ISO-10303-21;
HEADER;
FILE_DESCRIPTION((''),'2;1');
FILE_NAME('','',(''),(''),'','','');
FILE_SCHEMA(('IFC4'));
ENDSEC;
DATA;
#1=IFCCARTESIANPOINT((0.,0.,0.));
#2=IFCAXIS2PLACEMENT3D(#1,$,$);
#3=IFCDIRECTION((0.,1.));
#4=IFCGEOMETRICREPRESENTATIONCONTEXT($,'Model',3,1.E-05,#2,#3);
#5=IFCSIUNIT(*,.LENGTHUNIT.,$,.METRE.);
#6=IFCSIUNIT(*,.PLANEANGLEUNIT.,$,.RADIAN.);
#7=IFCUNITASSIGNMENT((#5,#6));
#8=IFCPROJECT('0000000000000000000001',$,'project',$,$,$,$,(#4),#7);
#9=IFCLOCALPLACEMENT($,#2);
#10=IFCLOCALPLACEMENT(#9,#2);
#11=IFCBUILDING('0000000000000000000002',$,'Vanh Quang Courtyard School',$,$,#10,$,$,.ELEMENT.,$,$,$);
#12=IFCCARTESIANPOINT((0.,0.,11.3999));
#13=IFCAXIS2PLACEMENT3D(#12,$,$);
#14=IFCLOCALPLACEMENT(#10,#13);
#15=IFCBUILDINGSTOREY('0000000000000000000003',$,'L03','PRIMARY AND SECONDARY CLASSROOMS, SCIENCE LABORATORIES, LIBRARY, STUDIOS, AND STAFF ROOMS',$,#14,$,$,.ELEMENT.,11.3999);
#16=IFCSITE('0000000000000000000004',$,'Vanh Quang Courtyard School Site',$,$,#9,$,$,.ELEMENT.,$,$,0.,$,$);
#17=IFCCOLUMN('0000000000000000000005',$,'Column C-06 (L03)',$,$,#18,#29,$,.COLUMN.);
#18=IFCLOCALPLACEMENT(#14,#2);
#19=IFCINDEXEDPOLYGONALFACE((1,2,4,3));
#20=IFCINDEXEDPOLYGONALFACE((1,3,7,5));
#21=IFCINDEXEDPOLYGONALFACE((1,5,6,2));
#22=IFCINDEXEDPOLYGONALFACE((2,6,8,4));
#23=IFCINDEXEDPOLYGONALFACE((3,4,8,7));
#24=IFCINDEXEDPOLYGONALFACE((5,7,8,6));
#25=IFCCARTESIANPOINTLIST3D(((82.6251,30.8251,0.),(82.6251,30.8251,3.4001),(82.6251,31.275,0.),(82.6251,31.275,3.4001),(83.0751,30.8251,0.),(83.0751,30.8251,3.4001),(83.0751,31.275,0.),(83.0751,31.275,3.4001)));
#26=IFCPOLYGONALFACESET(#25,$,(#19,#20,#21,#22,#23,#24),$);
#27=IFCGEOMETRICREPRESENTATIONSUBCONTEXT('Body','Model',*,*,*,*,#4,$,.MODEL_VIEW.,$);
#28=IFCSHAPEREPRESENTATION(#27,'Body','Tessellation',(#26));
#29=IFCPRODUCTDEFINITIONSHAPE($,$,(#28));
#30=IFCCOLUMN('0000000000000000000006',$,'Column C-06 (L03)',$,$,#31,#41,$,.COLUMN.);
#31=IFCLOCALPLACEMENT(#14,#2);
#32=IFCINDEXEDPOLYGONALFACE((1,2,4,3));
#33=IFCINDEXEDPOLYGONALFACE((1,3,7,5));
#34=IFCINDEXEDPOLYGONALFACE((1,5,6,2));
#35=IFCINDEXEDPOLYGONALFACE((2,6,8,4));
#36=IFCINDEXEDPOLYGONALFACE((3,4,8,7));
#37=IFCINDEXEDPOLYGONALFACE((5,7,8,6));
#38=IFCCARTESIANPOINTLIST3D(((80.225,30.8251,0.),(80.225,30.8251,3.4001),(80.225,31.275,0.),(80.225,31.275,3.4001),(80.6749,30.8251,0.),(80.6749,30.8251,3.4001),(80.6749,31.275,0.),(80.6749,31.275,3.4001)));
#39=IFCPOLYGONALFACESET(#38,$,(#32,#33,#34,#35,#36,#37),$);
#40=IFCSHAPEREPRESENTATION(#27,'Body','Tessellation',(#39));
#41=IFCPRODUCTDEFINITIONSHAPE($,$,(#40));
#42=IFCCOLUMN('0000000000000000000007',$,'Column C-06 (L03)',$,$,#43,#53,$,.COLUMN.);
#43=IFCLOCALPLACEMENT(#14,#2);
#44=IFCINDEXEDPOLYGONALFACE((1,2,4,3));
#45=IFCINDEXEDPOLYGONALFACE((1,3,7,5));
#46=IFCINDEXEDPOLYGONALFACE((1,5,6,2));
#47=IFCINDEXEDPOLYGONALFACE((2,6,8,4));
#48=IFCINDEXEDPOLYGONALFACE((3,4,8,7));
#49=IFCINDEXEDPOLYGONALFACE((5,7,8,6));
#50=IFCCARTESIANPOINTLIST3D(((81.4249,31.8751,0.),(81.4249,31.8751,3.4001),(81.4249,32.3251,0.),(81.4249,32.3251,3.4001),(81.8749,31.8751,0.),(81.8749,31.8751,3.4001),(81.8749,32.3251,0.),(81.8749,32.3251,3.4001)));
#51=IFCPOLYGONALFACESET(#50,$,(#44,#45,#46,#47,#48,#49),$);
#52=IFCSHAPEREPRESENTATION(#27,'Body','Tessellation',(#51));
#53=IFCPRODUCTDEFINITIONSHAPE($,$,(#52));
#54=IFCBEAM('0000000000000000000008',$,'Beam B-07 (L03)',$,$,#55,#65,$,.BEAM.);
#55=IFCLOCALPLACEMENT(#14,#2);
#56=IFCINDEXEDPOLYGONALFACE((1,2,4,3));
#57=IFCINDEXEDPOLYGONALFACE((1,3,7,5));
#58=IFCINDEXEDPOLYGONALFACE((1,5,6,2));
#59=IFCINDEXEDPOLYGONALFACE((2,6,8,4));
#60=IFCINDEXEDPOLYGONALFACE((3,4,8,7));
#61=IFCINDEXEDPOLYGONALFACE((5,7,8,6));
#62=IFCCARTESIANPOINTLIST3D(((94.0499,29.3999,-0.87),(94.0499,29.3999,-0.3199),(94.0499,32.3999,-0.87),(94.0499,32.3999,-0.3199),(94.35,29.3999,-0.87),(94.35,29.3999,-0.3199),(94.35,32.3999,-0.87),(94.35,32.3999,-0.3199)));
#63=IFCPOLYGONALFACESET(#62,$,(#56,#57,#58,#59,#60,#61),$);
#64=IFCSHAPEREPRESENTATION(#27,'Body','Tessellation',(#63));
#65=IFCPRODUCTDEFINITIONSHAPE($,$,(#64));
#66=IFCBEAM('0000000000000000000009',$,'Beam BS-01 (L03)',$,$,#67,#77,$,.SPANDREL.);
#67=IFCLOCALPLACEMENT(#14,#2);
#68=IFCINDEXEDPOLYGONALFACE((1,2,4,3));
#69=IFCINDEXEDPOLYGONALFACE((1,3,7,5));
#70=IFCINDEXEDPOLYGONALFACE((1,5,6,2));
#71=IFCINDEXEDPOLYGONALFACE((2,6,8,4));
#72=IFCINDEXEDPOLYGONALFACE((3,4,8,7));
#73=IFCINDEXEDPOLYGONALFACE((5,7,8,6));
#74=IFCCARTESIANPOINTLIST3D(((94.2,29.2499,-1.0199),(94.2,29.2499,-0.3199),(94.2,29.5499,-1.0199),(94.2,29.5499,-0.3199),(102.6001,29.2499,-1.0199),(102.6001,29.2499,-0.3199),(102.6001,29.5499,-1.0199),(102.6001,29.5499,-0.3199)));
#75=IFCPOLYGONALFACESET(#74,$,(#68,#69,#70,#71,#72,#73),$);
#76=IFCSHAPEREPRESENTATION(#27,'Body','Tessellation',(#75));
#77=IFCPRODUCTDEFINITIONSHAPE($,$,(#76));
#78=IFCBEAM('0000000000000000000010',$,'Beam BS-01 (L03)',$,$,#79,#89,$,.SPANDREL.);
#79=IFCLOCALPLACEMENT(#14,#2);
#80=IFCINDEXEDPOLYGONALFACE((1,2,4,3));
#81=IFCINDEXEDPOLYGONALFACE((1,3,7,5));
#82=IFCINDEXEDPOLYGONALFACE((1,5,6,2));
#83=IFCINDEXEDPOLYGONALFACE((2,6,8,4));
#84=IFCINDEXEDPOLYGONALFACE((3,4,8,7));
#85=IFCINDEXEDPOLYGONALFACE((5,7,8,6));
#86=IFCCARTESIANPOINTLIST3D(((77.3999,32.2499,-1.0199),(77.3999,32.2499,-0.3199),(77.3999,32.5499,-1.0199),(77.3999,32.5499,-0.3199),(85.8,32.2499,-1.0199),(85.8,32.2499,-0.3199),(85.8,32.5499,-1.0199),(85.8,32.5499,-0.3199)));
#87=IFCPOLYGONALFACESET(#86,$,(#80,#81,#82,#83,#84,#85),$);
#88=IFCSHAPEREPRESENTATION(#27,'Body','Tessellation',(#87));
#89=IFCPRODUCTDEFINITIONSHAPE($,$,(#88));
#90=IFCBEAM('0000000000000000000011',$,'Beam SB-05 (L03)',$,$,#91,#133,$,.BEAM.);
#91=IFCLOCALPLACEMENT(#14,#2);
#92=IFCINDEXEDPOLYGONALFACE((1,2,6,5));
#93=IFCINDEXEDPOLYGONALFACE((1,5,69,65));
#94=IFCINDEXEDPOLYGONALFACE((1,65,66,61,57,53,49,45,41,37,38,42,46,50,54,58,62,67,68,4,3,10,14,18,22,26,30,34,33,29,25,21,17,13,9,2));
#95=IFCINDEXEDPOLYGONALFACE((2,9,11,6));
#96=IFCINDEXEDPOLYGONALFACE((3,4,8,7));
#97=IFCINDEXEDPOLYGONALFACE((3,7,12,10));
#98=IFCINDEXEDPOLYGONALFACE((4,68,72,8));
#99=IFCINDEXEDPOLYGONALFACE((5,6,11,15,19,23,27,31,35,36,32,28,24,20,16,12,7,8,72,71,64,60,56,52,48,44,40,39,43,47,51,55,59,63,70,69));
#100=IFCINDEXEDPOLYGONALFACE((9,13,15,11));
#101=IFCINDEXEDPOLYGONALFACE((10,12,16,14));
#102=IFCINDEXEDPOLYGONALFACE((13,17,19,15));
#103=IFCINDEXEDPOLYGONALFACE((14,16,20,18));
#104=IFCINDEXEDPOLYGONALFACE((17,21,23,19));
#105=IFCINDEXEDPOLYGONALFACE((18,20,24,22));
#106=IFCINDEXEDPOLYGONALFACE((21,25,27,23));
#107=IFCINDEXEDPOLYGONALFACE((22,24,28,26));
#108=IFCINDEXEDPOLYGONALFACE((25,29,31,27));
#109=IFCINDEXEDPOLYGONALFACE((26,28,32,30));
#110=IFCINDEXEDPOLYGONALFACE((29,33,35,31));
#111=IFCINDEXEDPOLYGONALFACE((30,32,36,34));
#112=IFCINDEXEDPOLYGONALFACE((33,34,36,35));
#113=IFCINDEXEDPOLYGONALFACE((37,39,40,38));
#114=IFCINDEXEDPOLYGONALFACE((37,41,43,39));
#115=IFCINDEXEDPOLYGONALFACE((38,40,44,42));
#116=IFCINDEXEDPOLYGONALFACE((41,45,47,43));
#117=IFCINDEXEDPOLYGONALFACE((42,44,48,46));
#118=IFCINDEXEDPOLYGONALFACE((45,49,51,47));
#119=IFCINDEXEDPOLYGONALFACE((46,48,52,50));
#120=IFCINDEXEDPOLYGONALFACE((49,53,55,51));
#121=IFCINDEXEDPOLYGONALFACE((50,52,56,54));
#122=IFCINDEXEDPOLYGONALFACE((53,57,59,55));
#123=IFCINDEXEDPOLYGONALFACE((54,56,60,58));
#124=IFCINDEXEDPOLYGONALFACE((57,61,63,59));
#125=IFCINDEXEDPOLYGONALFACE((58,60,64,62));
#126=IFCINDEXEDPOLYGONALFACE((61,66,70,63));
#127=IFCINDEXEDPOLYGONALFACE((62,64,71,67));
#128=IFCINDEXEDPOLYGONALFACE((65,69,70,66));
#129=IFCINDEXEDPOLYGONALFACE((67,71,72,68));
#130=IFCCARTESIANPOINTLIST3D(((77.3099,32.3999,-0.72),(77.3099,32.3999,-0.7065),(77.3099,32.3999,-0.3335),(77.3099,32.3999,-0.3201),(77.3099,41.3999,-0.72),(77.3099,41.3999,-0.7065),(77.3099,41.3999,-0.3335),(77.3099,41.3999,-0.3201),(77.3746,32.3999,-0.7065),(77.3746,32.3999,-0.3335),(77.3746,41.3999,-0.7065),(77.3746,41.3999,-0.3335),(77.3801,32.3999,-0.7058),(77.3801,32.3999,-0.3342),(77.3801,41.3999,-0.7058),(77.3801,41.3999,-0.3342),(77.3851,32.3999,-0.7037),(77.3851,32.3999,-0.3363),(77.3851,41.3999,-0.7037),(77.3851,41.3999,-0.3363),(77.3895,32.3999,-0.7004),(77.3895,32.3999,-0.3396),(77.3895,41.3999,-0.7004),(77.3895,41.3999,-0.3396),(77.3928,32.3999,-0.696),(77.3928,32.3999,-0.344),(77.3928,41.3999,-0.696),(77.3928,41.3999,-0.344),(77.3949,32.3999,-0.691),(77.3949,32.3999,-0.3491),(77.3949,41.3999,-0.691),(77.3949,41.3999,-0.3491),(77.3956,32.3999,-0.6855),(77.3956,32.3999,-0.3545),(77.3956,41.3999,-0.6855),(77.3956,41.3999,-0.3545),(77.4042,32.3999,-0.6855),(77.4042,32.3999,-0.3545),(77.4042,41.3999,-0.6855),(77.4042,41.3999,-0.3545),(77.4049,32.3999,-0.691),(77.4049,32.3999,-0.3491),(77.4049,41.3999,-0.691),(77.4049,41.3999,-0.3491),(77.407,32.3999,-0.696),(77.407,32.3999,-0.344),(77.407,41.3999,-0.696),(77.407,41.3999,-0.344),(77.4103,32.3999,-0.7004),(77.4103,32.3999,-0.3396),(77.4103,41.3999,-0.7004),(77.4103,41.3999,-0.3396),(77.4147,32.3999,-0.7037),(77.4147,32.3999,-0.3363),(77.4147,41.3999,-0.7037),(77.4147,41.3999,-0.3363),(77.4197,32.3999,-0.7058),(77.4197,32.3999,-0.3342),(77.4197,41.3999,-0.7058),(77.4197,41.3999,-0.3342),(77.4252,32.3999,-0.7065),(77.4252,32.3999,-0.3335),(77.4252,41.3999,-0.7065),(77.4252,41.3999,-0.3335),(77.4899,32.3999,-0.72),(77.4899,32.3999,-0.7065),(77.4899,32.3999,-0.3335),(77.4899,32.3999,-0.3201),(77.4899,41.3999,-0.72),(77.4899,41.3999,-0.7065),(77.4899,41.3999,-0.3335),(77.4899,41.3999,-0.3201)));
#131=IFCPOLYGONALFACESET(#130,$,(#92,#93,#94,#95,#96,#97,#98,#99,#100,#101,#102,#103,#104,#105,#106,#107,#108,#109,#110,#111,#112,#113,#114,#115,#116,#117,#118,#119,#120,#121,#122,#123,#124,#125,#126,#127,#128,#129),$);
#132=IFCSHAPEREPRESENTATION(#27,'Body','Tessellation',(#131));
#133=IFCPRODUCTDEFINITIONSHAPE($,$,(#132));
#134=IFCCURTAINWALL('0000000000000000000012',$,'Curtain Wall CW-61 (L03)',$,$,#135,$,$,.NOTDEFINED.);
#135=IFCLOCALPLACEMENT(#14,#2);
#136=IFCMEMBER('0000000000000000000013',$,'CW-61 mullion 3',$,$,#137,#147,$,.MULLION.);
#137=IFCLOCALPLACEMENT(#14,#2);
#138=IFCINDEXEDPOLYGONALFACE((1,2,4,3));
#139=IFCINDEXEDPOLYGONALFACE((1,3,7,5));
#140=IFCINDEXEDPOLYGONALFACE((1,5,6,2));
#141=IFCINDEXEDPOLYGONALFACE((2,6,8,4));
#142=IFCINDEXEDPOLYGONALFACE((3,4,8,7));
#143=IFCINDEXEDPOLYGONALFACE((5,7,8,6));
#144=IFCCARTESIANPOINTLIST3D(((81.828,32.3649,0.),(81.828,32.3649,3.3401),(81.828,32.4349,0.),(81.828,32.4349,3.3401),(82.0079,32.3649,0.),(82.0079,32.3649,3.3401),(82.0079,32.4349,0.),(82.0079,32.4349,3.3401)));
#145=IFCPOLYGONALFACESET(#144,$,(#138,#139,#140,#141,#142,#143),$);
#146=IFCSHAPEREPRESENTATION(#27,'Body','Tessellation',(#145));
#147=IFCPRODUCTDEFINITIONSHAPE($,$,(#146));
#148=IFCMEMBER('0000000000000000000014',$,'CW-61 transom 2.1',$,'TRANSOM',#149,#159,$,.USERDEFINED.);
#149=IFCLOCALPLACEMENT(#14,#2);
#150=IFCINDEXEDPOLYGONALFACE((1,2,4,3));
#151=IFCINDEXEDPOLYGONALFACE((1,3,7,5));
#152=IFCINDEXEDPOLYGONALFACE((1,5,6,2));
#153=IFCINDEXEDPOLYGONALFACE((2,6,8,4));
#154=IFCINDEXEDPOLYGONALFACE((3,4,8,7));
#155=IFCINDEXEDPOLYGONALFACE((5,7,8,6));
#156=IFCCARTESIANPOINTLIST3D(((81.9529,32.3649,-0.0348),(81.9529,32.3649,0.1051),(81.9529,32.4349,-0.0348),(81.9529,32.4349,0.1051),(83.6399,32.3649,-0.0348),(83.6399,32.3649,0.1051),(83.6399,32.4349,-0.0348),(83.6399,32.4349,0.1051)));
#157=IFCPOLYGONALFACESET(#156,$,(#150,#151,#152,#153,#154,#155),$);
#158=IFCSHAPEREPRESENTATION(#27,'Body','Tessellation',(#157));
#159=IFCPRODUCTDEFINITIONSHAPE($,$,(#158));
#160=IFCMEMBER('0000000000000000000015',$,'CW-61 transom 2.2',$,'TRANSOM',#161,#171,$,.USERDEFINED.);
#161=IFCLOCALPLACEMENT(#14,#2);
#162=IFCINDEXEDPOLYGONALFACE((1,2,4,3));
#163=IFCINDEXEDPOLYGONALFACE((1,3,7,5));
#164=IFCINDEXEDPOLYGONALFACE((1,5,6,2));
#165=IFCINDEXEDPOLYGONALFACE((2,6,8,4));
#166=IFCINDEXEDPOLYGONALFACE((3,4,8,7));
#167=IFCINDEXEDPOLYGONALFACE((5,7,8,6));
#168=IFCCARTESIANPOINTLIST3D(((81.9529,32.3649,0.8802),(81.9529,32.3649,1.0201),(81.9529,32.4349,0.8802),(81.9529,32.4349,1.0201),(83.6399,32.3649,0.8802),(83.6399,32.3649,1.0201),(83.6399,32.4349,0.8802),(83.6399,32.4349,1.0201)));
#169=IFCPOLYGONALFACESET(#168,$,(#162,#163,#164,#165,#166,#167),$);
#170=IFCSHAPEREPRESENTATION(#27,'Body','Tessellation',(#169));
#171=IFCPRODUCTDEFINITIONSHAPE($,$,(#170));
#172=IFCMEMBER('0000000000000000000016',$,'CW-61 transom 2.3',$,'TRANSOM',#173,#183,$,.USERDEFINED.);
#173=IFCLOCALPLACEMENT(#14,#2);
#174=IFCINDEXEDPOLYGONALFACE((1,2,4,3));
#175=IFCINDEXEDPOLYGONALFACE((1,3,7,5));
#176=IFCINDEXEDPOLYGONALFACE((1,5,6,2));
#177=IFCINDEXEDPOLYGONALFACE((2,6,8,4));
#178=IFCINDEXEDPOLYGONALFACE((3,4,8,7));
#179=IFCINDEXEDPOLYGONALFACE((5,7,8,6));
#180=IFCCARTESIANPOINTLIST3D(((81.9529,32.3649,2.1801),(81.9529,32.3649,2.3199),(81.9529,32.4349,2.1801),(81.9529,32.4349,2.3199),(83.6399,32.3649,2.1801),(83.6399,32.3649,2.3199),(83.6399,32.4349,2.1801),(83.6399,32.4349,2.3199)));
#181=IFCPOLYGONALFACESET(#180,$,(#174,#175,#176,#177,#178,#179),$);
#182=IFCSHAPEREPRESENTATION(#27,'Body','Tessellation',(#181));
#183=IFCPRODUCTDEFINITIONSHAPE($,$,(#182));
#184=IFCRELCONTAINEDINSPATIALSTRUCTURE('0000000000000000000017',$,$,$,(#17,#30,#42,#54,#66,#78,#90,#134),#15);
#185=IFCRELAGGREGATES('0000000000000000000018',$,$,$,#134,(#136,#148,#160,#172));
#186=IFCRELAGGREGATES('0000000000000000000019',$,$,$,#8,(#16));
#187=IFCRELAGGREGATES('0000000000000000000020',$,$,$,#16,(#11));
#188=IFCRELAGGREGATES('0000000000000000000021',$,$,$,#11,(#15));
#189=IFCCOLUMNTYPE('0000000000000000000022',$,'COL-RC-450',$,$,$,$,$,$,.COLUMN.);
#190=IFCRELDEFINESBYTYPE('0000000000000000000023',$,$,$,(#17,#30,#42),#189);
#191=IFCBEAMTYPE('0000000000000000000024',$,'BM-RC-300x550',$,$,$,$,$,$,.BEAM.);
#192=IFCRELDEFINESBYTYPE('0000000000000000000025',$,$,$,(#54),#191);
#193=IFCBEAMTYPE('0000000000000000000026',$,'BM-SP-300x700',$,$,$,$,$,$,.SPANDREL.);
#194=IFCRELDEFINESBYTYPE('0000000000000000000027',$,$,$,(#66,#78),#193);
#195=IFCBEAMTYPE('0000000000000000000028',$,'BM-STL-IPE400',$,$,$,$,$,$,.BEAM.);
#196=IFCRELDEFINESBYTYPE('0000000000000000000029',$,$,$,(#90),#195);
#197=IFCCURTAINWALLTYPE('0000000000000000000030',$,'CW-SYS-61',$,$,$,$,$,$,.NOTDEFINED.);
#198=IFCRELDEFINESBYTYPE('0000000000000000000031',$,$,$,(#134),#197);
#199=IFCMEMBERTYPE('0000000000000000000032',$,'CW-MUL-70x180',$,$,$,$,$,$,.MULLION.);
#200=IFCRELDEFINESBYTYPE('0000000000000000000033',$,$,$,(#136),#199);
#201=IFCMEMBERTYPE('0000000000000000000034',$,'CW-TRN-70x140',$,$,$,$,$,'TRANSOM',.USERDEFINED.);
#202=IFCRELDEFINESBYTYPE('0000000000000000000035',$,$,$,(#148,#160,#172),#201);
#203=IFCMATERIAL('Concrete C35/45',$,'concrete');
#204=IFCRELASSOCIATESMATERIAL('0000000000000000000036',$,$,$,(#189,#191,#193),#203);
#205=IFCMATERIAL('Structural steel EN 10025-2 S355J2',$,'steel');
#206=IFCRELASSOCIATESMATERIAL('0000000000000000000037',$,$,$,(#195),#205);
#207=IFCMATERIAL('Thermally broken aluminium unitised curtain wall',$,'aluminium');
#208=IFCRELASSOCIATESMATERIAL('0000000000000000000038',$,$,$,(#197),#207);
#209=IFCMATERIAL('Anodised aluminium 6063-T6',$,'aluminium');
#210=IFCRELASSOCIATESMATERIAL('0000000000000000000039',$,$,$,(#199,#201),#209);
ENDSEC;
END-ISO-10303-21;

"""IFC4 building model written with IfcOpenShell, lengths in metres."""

from ifc_helpers import new_model, si_unit, direction, frame, origin, origin_2d, place, context, subcontext, project, spatial, rectangle, i_section, extrude, material, material_profile, profile_set, type_object, element, aggregate, save


model = new_model("IFC4")

# Units and contexts
model_context = context("Model", 3, precision=1e-05, world=origin(), true_north=direction((0.0, 1.0)))
body_context = subcontext(model_context, "Body", "Model", "MODEL_VIEW")
ifc_project = project(units=[si_unit("LENGTHUNIT", "METRE"), si_unit("PLANEANGLEUNIT", "RADIAN")], contexts=[model_context])

# Site, building, storey
site_placement = place(None, origin())
site = spatial("IfcSite", under=ifc_project, at=site_placement, Name="Vanh Quang Courtyard School Site", CompositionType="ELEMENT", RefElevation=0.0)
building_placement = place(site_placement, origin())
building = spatial("IfcBuilding", under=site, at=building_placement, Name="Vanh Quang Courtyard School", CompositionType="ELEMENT")
storey_placement = place(building_placement, frame((0.0, 0.0, 11.3999)))
storey = spatial("IfcBuildingStorey", under=building, at=storey_placement, Name="L03", Description="PRIMARY AND SECONDARY CLASSROOMS, SCIENCE LABORATORIES, LIBRARY, STUDIOS, AND STAFF ROOMS", CompositionType="ELEMENT", Elevation=11.3999)

# Columns
ifc_material_1 = material(Name="Concrete C35/45", Category="concrete")
ifc_material_profile_1 = material_profile(ifc_material_1, rectangle(XDim=0.45, YDim=0.45, at=origin_2d()), Name="RC-COL 450x450")
ifc_profile_set_1 = profile_set([ifc_material_profile_1], Name="Concrete C35/45")
column_type = type_object("IfcColumnType", Name="COL-RC-450", PredefinedType="COLUMN", material=ifc_profile_set_1)
for number, where, z_axis, x_axis, name in (
    (1, (82.8501, 31.05, 0.0), (0.0, 0.0, 1.0), (1.0, 0.0, 0.0), "Column C-06 (L03)"),
    (2, (80.45, 31.05, 0.0), (0.0, 0.0, 1.0), (1.0, 0.0, 0.0), "Column C-06 (L03)"),
    (3, (81.6499, 32.1001, 0.0), (0.0, 0.0, 1.0), (1.0, 0.0, 0.0), "Column C-06 (L03)"),
):
    element("IfcColumn", number, at=place(storey_placement, frame(where, z_axis=z_axis, x_axis=x_axis)), inside=storey, type_object=column_type, Name=name, PredefinedType="COLUMN", context=body_context, shape_type="SweptSolid", body=[
        extrude(rectangle(XDim=0.45, YDim=0.45, at=origin_2d()), origin(), (0.0, 0.0, 1.0), 3.4001),
    ])

# Beams
ifc_material_profile_2 = material_profile(ifc_material_1, rectangle(XDim=0.3, YDim=0.55, at=origin_2d()), Name="RC-BM 300x550")
ifc_profile_set_2 = profile_set([ifc_material_profile_2], Name="Concrete C35/45")
beam_type_1 = type_object("IfcBeamType", Name="BM-RC-300x550", PredefinedType="BEAM", material=ifc_profile_set_2)
beam_1_placement = place(storey_placement, frame((94.2, 29.3999, -0.595), z_axis=(0.0, 1.0, 0.0), x_axis=(-1.0, 0.0, 0.0)))
element("IfcBeam", 4, at=beam_1_placement, inside=storey, type_object=beam_type_1, Name="Beam B-07 (L03)", PredefinedType="BEAM", context=body_context, shape_type="SweptSolid", body=[
    extrude(rectangle(XDim=0.3, YDim=0.55, at=origin_2d()), origin(), (0.0, 0.0, 1.0), 3.0),
])
ifc_material_profile_3 = material_profile(ifc_material_1, rectangle(XDim=0.3, YDim=0.7, at=origin_2d()), Name="RC-SP 300x700")
ifc_profile_set_3 = profile_set([ifc_material_profile_3], Name="Concrete C35/45")
beam_type_2 = type_object("IfcBeamType", Name="BM-SP-300x700", PredefinedType="SPANDREL", material=ifc_profile_set_3)
for number, where, z_axis, x_axis, name in (
    (5, (94.2, 29.3999, -0.6699), (1.0, 0.0, 0.0), (0.0, 1.0, 0.0), "Beam BS-01 (L03)"),
    (6, (77.3999, 32.3999, -0.6699), (1.0, 0.0, 0.0), (0.0, 1.0, 0.0), "Beam BS-01 (L03)"),
):
    element("IfcBeam", number, at=place(storey_placement, frame(where, z_axis=z_axis, x_axis=x_axis)), inside=storey, type_object=beam_type_2, Name=name, PredefinedType="SPANDREL", context=body_context, shape_type="SweptSolid", body=[
        extrude(rectangle(XDim=0.3, YDim=0.7, at=origin_2d()), origin(), (0.0, 0.0, 1.0), 8.4001),
    ])
ifc_material_2 = material(Name="Structural steel EN 10025-2 S355J2", Category="steel")
ifc_material_profile_4 = material_profile(ifc_material_2, i_section(OverallWidth=0.1799, OverallDepth=0.3999, WebThickness=0.0085, FlangeThickness=0.0134, FilletRadius=0.021, at=origin_2d()), Name="IPE 400")
ifc_profile_set_4 = profile_set([ifc_material_profile_4], Name="Structural steel EN 10025-2 S355J2")
beam_type_3 = type_object("IfcBeamType", Name="BM-STL-IPE400", PredefinedType="BEAM", material=ifc_profile_set_4)
beam_2_placement = place(storey_placement, frame((77.3999, 32.3999, -0.52), z_axis=(0.0, 1.0, 0.0), x_axis=(-1.0, 0.0, 0.0)))
element("IfcBeam", 7, at=beam_2_placement, inside=storey, type_object=beam_type_3, Name="Beam SB-05 (L03)", PredefinedType="BEAM", context=body_context, shape_type="SweptSolid", body=[
    extrude(i_section(OverallWidth=0.1799, OverallDepth=0.3999, WebThickness=0.0085, FlangeThickness=0.0134, FilletRadius=0.021, at=origin_2d()), origin(), (0.0, 0.0, 1.0), 9.0),
])

# Curtain wall, members
ifc_material_3 = material(Name="Thermally broken aluminium unitised curtain wall", Category="aluminium")
curtain_wall_type = type_object("IfcCurtainWallType", Name="CW-SYS-61", PredefinedType="NOTDEFINED", material=ifc_material_3)
curtain_wall_placement = place(storey_placement, origin())
curtain_wall = element("IfcCurtainWall", 8, at=curtain_wall_placement, inside=storey, type_object=curtain_wall_type, Name="Curtain Wall CW-61 (L03)", PredefinedType="NOTDEFINED")
ifc_material_4 = material(Name="Anodised aluminium 6063-T6", Category="aluminium")
ifc_material_profile_5 = material_profile(ifc_material_4, rectangle(XDim=0.0701, YDim=0.1799, at=origin_2d()), Name="ALU-MUL 70x180")
ifc_profile_set_5 = profile_set([ifc_material_profile_5], Name="Anodised aluminium 6063-T6")
member_type_1 = type_object("IfcMemberType", Name="CW-MUL-70x180", PredefinedType="MULLION", material=ifc_profile_set_5)
member_1_placement = place(storey_placement, frame((81.918, 32.3999, 0.0), z_axis=(0.0, 0.0, 1.0), x_axis=(0.0, -1.0, 0.0)))
member_1 = element("IfcMember", 9, at=member_1_placement, type_object=member_type_1, Name="CW-61 mullion 3", PredefinedType="MULLION", context=body_context, shape_type="SweptSolid", body=[
    extrude(rectangle(XDim=0.0701, YDim=0.1799, at=origin_2d()), origin(), (0.0, 0.0, 1.0), 3.3401),
])
ifc_material_profile_6 = material_profile(ifc_material_4, rectangle(XDim=0.0701, YDim=0.1399, at=origin_2d()), Name="ALU-TRN 70x140")
ifc_profile_set_6 = profile_set([ifc_material_profile_6], Name="Anodised aluminium 6063-T6")
member_type_2 = type_object("IfcMemberType", Name="CW-TRN-70x140", ElementType="TRANSOM", PredefinedType="USERDEFINED", material=ifc_profile_set_6)
member_2_placement = place(storey_placement, frame((83.6399, 32.3999, 0.0352), z_axis=(-1.0, 0.0, 0.0), x_axis=(0.0, -1.0, 0.0)))
member_2 = element("IfcMember", 10, at=member_2_placement, type_object=member_type_2, Name="CW-61 transom 2.1", ObjectType="TRANSOM", PredefinedType="USERDEFINED", context=body_context, shape_type="SweptSolid", body=[
    extrude(rectangle(XDim=0.0701, YDim=0.1399, at=origin_2d()), origin(), (0.0, 0.0, 1.0), 1.687),
])
member_3_placement = place(storey_placement, frame((83.6399, 32.3999, 0.9502), z_axis=(-1.0, 0.0, 0.0), x_axis=(0.0, -1.0, 0.0)))
member_3 = element("IfcMember", 11, at=member_3_placement, type_object=member_type_2, Name="CW-61 transom 2.2", ObjectType="TRANSOM", PredefinedType="USERDEFINED", context=body_context, shape_type="SweptSolid", body=[
    extrude(rectangle(XDim=0.0701, YDim=0.1399, at=origin_2d()), origin(), (0.0, 0.0, 1.0), 1.687),
])
member_4_placement = place(storey_placement, frame((83.6399, 32.3999, 2.25), z_axis=(-1.0, 0.0, 0.0), x_axis=(0.0, -1.0, 0.0)))
member_4 = element("IfcMember", 12, at=member_4_placement, type_object=member_type_2, Name="CW-61 transom 2.3", ObjectType="TRANSOM", PredefinedType="USERDEFINED", context=body_context, shape_type="SweptSolid", body=[
    extrude(rectangle(XDim=0.0701, YDim=0.1399, at=origin_2d()), origin(), (0.0, 0.0, 1.0), 1.687),
])
aggregate(curtain_wall, [member_1, member_2, member_3, member_4])

save(model, "model.ifc")
